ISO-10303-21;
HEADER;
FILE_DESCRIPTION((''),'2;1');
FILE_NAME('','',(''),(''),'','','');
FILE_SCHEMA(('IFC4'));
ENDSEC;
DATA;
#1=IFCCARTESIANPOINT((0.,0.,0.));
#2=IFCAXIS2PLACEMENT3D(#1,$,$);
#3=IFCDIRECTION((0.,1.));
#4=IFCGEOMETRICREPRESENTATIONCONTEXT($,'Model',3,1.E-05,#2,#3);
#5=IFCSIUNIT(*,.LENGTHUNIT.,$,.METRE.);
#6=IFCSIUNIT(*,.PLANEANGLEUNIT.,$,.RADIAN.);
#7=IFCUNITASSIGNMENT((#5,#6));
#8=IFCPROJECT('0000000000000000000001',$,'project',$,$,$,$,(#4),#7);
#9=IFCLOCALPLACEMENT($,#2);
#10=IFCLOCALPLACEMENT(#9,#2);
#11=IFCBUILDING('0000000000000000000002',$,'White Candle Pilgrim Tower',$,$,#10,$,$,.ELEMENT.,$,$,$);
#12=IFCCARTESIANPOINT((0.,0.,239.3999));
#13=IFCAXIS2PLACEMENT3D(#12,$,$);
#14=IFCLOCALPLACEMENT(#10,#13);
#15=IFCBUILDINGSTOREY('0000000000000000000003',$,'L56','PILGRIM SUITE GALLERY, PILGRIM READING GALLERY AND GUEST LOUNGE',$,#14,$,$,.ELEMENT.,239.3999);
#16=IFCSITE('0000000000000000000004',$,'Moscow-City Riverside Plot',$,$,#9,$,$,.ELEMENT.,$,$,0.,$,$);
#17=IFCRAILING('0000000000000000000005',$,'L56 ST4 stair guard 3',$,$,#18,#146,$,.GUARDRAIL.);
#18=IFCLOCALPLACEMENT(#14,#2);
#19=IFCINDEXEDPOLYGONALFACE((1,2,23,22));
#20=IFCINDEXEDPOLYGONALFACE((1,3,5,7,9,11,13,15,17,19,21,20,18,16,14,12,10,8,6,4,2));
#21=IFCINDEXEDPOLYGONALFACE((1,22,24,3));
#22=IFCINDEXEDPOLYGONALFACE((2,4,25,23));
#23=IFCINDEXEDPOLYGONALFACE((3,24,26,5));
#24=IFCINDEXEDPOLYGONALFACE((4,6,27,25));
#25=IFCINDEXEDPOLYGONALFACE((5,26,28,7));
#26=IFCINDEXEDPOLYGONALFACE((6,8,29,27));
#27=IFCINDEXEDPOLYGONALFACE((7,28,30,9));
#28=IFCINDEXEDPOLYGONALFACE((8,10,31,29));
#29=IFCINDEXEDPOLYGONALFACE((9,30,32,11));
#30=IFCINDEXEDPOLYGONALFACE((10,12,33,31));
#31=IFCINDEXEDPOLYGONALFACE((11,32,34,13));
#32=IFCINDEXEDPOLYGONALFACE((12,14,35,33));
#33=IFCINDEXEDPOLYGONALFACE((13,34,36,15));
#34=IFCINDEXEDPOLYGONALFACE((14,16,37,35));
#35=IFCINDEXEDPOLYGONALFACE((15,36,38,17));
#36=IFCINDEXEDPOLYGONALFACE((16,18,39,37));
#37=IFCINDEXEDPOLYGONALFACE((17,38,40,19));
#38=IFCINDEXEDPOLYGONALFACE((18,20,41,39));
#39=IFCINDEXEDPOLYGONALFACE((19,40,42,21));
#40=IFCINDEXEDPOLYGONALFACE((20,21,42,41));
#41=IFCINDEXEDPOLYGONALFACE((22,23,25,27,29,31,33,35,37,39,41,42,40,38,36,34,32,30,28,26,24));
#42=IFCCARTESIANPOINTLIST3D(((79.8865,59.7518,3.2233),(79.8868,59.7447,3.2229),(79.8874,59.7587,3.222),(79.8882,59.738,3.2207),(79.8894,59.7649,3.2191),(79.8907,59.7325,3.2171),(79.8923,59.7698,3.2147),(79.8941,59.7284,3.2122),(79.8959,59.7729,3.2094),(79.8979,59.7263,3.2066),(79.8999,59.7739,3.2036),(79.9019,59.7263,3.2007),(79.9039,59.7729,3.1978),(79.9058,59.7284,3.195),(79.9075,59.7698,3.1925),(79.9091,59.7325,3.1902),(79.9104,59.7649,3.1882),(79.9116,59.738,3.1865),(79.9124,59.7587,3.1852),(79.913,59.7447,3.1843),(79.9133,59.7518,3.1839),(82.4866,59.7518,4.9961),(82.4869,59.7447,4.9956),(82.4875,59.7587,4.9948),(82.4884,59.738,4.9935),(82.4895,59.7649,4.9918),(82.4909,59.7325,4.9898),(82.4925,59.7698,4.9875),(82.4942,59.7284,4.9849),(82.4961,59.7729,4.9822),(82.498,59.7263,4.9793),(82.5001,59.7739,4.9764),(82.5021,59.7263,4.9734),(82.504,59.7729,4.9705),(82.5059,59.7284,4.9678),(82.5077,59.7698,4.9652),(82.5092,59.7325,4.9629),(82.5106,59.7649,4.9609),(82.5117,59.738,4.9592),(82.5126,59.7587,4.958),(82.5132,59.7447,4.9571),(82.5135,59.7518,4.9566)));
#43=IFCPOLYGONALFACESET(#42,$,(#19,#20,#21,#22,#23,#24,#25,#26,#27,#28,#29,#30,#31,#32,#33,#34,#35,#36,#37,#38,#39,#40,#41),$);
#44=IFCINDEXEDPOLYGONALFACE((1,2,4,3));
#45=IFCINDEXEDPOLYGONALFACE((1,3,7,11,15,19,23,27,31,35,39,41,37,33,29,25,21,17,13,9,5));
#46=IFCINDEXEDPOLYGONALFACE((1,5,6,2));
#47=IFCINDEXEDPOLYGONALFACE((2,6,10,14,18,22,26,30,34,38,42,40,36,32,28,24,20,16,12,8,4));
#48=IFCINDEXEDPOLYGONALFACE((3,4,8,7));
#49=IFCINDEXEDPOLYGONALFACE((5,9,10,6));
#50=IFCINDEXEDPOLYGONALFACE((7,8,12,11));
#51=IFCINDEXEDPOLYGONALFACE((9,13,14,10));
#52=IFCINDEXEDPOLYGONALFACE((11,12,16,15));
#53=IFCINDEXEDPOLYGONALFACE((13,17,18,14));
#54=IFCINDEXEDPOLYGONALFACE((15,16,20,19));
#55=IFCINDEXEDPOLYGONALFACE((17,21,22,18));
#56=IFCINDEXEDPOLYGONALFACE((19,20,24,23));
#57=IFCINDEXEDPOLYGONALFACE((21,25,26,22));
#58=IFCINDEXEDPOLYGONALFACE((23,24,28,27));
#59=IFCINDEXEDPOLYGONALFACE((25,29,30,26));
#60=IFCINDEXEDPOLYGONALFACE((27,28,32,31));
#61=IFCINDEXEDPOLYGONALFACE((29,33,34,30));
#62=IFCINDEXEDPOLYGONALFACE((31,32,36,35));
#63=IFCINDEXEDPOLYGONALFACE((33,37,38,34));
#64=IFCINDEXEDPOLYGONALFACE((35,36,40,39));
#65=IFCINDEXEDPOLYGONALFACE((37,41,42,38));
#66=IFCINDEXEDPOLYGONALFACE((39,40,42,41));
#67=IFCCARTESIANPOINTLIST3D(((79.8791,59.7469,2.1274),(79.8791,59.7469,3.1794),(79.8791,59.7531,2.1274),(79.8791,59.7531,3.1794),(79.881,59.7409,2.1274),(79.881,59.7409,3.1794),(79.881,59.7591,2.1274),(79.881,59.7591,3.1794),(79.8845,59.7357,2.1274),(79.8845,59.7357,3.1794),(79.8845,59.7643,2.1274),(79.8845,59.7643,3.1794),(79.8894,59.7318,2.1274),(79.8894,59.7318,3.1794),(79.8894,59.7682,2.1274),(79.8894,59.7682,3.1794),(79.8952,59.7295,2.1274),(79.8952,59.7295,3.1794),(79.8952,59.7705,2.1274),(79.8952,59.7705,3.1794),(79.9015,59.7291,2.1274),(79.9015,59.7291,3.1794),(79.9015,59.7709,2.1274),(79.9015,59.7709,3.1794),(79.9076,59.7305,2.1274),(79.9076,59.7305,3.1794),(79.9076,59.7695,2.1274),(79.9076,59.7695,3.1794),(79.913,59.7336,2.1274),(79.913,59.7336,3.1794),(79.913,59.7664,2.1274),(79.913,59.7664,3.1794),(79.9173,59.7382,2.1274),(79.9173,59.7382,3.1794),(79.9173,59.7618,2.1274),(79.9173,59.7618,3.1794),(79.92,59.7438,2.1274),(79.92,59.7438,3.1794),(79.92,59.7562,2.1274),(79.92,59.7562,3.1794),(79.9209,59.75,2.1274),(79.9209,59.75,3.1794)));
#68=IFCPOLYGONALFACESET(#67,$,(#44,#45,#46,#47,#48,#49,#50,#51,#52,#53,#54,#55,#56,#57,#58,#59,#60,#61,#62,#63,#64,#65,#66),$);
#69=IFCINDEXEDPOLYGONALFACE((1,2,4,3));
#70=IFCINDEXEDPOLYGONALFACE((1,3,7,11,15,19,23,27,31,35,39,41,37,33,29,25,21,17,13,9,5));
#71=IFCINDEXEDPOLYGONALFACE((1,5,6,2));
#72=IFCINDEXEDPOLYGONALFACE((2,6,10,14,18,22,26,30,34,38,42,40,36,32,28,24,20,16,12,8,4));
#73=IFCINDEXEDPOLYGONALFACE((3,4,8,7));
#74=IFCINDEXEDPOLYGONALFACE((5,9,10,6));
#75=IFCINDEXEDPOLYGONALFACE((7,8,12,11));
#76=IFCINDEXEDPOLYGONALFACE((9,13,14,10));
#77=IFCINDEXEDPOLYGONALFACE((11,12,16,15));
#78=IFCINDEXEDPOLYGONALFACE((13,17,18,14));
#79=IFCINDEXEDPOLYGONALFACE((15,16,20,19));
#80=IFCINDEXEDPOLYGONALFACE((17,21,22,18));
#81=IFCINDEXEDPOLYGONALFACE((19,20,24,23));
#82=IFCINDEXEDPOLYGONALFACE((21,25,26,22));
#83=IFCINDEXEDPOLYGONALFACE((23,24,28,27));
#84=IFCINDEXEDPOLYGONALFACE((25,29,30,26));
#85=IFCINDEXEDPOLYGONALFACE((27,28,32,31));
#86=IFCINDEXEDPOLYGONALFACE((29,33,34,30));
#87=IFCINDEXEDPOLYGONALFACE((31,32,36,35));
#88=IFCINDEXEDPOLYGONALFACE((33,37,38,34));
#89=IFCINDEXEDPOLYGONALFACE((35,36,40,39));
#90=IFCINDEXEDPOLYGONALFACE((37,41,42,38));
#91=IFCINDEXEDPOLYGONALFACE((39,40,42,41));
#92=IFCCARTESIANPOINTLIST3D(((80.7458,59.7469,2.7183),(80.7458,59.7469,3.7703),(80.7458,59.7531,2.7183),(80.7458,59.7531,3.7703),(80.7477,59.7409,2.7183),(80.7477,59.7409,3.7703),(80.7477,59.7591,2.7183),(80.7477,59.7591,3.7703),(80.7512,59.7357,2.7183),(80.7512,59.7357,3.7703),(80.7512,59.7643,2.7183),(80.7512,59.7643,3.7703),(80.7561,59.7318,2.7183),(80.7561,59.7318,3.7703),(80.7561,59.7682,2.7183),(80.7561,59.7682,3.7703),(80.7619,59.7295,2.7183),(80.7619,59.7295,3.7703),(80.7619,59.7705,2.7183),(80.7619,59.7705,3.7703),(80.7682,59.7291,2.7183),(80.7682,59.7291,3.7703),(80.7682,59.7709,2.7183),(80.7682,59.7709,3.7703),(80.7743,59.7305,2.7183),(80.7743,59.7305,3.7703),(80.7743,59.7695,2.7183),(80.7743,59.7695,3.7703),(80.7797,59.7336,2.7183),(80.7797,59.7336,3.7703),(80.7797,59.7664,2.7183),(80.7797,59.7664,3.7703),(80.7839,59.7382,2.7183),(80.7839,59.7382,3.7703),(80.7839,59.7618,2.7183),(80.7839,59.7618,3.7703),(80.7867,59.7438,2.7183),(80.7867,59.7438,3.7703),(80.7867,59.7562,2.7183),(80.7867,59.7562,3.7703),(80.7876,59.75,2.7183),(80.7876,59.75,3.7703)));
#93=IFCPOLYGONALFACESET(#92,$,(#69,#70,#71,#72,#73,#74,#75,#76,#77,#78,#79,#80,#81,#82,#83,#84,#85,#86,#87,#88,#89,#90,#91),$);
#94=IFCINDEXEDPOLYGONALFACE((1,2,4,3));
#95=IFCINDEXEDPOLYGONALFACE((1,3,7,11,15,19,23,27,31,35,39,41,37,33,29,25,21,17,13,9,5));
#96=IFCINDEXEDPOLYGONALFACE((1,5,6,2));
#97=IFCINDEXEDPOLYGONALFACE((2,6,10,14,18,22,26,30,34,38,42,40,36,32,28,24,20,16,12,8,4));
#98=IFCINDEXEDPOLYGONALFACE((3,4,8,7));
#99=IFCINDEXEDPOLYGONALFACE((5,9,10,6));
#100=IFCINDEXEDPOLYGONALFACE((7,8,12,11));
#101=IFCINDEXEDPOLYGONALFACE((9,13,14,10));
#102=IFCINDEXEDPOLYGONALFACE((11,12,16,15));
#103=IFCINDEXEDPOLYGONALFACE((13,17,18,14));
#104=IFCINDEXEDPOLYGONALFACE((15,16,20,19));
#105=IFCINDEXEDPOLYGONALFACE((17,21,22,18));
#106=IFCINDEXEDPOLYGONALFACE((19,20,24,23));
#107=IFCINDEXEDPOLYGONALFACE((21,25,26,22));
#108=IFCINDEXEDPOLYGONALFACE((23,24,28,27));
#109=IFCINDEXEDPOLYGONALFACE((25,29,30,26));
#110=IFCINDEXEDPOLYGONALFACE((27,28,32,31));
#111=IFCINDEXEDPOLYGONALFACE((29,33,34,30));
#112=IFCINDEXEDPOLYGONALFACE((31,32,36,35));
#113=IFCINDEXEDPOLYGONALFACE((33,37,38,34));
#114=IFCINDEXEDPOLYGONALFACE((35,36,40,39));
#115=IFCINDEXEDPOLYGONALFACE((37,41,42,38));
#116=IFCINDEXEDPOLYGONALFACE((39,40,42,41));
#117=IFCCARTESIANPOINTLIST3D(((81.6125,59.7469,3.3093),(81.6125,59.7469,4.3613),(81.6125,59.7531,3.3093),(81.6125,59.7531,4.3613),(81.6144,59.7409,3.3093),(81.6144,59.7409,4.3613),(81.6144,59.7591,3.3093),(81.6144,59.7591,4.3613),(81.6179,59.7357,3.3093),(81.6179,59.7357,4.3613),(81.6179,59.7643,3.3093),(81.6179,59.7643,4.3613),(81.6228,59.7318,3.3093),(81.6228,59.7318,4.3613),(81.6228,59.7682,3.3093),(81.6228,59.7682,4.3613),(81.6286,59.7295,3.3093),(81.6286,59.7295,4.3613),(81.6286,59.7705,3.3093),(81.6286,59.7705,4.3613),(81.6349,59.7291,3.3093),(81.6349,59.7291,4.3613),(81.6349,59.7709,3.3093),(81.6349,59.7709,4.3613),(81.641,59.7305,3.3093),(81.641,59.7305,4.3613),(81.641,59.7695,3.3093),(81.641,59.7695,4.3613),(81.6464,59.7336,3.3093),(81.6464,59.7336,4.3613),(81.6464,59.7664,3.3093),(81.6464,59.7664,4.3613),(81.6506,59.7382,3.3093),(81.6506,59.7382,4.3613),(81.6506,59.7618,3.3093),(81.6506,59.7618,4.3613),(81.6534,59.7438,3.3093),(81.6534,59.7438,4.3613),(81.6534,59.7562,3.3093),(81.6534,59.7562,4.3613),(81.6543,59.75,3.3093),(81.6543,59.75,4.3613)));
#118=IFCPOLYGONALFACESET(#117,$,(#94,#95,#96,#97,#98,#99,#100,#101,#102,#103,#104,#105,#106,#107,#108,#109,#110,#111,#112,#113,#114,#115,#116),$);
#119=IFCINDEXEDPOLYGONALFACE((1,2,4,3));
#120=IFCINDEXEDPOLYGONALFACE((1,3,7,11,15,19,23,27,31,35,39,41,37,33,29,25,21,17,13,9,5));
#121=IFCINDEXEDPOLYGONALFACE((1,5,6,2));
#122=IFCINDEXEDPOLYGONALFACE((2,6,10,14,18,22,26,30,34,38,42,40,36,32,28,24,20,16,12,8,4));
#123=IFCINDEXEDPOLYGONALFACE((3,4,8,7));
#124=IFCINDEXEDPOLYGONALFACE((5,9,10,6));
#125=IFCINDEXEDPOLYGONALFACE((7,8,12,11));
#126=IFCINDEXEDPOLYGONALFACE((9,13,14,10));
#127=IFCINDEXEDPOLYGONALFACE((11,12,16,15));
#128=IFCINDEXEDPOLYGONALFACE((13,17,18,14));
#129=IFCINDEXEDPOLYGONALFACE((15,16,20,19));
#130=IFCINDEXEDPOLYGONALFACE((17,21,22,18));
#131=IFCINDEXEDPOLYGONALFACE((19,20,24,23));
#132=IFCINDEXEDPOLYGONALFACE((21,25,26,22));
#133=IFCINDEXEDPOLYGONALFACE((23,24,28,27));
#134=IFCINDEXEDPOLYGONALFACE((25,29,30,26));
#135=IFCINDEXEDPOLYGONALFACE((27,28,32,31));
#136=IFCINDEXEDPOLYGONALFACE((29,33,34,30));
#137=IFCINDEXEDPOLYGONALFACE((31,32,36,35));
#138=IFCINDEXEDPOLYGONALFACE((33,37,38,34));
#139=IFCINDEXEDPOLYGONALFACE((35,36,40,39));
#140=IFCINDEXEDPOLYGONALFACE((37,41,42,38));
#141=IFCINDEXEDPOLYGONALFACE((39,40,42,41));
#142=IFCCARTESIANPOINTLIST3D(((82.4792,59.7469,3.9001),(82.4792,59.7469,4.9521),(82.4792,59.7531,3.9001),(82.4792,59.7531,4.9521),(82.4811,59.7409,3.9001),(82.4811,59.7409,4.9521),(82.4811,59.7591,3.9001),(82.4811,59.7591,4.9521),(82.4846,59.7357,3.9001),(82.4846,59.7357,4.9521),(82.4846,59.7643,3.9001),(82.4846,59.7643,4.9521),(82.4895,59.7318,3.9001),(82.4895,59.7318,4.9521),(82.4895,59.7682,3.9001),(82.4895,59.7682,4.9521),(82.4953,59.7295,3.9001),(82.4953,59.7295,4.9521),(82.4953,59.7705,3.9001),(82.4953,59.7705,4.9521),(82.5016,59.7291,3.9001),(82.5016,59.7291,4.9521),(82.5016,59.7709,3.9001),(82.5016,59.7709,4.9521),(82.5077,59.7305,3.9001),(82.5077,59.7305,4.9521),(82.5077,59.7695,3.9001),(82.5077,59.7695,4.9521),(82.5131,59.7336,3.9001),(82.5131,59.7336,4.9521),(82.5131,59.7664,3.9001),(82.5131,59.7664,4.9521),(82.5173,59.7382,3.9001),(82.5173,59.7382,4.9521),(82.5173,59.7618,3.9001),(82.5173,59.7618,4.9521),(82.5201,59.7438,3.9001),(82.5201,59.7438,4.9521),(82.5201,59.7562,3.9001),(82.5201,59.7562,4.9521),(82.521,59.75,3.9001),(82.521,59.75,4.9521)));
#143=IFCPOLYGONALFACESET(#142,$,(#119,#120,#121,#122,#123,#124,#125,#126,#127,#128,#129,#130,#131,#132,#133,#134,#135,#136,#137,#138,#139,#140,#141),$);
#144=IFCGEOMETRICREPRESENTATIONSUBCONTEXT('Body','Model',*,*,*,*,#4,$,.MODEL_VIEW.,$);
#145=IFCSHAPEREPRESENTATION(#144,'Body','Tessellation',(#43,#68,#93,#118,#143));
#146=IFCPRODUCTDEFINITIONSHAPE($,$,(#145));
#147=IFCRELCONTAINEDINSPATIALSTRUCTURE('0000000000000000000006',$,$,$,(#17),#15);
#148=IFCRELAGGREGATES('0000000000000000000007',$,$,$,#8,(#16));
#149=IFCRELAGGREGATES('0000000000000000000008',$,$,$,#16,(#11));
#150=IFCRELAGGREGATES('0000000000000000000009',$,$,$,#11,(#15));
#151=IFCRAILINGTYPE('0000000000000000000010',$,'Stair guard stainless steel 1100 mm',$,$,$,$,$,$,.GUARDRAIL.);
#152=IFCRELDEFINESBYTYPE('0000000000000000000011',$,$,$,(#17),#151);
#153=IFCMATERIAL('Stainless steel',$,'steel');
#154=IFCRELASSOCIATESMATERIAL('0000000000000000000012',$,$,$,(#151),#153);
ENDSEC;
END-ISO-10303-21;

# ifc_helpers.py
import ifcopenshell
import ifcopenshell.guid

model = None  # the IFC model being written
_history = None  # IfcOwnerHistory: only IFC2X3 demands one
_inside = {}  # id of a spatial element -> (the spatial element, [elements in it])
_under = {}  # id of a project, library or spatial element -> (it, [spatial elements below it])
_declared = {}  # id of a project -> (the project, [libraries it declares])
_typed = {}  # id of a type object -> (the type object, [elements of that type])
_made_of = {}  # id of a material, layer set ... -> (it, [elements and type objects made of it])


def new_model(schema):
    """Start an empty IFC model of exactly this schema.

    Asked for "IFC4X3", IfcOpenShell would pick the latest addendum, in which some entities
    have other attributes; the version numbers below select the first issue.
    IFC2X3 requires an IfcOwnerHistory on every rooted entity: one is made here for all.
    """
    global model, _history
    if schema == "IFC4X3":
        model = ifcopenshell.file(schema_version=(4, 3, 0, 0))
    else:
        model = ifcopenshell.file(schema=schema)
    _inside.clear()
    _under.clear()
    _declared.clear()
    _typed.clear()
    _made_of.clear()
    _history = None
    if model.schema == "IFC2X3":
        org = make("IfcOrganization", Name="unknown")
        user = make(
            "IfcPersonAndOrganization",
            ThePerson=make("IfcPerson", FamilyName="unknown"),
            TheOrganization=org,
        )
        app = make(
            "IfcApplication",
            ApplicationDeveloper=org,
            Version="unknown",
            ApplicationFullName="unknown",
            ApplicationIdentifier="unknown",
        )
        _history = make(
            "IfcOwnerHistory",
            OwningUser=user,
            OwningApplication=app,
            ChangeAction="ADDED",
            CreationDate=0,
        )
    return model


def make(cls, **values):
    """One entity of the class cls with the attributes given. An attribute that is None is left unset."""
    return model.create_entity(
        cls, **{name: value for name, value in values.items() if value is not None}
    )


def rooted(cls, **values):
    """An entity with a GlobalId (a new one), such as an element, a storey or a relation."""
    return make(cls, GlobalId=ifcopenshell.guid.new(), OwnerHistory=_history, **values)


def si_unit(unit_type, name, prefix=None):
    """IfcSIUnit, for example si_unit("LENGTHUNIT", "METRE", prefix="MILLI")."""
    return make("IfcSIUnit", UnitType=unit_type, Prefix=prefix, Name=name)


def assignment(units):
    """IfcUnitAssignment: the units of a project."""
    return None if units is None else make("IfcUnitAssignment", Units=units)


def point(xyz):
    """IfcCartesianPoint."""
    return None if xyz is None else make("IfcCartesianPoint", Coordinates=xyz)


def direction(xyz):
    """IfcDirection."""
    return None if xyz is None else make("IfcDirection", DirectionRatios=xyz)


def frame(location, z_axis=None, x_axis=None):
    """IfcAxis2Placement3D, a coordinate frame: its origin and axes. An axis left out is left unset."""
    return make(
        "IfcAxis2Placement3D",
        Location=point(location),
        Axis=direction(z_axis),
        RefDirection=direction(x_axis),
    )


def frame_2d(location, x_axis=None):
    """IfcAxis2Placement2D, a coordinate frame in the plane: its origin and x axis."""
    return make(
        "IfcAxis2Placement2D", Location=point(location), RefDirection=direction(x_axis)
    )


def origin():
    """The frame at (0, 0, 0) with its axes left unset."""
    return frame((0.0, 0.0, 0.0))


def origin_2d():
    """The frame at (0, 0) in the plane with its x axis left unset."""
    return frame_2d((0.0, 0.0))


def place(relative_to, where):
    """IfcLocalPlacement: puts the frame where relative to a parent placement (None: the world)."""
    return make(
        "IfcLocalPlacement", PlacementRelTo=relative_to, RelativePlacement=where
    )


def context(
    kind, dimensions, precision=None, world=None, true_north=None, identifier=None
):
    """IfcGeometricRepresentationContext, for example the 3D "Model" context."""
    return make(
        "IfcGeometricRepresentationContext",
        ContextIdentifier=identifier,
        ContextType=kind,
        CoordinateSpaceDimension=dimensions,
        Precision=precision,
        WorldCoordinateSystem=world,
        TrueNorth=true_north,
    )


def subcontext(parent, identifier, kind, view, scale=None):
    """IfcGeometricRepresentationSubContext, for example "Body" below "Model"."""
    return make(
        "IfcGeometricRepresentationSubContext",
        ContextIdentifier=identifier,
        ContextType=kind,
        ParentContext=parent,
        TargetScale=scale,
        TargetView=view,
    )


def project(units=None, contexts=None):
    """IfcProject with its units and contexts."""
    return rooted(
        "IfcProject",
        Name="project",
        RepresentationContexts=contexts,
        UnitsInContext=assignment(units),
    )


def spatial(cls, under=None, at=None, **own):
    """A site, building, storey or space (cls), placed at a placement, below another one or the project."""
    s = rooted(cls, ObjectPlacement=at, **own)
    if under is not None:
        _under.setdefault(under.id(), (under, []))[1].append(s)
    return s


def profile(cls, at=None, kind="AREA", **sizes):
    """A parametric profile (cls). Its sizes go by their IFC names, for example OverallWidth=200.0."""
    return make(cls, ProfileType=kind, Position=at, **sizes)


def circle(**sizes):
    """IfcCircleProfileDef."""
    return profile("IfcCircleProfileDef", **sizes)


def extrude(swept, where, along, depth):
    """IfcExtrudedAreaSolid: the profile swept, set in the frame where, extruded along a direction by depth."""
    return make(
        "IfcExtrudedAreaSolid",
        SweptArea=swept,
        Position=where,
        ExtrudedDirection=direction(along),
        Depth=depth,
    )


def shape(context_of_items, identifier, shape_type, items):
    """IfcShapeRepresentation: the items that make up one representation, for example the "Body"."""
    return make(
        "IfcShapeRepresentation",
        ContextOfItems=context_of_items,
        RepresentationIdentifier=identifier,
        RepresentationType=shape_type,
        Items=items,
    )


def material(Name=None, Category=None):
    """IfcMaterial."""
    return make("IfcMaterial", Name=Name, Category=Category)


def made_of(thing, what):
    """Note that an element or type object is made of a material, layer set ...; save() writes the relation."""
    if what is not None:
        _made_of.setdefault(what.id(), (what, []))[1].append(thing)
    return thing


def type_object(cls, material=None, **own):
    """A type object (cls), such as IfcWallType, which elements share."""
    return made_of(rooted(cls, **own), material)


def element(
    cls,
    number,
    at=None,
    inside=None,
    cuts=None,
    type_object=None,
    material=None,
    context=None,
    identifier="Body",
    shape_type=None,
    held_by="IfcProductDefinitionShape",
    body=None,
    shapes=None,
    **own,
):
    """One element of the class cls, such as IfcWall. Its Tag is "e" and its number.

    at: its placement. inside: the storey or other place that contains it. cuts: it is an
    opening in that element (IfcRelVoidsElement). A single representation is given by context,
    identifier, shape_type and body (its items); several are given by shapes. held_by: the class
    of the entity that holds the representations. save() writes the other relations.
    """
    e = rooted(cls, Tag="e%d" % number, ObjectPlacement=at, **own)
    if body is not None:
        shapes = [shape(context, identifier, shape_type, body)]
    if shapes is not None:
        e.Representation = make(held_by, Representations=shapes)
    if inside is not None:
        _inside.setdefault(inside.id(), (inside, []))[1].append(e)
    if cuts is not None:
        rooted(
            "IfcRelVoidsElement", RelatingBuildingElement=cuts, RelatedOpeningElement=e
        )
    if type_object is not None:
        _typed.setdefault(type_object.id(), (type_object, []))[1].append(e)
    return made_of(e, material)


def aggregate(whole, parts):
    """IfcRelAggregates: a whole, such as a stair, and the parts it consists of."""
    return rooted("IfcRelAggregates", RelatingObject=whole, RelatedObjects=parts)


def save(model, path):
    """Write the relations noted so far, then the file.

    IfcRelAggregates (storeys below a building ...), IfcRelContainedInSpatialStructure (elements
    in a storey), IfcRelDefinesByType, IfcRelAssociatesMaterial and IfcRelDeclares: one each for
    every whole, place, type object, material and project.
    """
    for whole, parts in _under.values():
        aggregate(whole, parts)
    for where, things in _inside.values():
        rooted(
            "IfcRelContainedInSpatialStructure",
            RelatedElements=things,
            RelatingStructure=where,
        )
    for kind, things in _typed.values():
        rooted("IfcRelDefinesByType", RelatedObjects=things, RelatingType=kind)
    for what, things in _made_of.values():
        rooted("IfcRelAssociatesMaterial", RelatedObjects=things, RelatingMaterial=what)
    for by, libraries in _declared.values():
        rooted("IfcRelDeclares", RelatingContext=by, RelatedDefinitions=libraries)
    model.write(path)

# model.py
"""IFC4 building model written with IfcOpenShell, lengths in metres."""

from ifc_helpers import new_model, si_unit, direction, frame, origin, origin_2d, place, context, subcontext, project, spatial, circle, extrude, material, type_object, element, save


model = new_model("IFC4")

# Units and contexts
model_context = context("Model", 3, precision=1e-05, world=origin(), true_north=direction((0.0, 1.0)))
body_context = subcontext(model_context, "Body", "Model", "MODEL_VIEW")
ifc_project = project(units=[si_unit("LENGTHUNIT", "METRE"), si_unit("PLANEANGLEUNIT", "RADIAN")], contexts=[model_context])

# Site, building, storey
site_placement = place(None, origin())
site = spatial("IfcSite", under=ifc_project, at=site_placement, Name="Moscow-City Riverside Plot", CompositionType="ELEMENT", RefElevation=0.0)
building_placement = place(site_placement, origin())
building = spatial("IfcBuilding", under=site, at=building_placement, Name="White Candle Pilgrim Tower", CompositionType="ELEMENT")
storey_placement = place(building_placement, frame((0.0, 0.0, 239.3999)))
storey = spatial("IfcBuildingStorey", under=building, at=storey_placement, Name="L56", Description="PILGRIM SUITE GALLERY, PILGRIM READING GALLERY AND GUEST LOUNGE", CompositionType="ELEMENT", Elevation=239.3999)

# Railing
ifc_material_1 = material(Name="Stainless steel", Category="steel")
railing_type_1 = type_object("IfcRailingType", Name="Stair guard stainless steel 1100 mm", PredefinedType="GUARDRAIL", material=ifc_material_1)
railing_1_placement = place(storey_placement, frame((79.8999, 59.75, 2.1274)))
element("IfcRailing", 1, at=railing_1_placement, inside=storey, type_object=railing_type_1, Name="L56 ST4 stair guard 3", PredefinedType="GUARDRAIL", context=body_context, shape_type="SweptSolid", body=[
    extrude(circle(Radius=0.0239, at=origin_2d()), frame((0.0, 0.0, 1.0762), z_axis=(0.82624, 0.0, 0.563318), x_axis=(0.0, 1.0, 0.0)), (0.0, 0.0, 1.0), 3.147),
    extrude(circle(Radius=0.021, at=origin_2d()), origin(), (0.0, 0.0, 1.0), 1.052),
    extrude(circle(Radius=0.021, at=origin_2d()), frame((0.8667, 0.0, 0.5908)), (0.0, 0.0, 1.0), 1.052),
    extrude(circle(Radius=0.021, at=origin_2d()), frame((1.7334, 0.0, 1.1819)), (0.0, 0.0, 1.0), 1.052),
    extrude(circle(Radius=0.021, at=origin_2d()), frame((2.6001, 0.0, 1.7727)), (0.0, 0.0, 1.0), 1.052),
])

save(model, "model.ifc")
